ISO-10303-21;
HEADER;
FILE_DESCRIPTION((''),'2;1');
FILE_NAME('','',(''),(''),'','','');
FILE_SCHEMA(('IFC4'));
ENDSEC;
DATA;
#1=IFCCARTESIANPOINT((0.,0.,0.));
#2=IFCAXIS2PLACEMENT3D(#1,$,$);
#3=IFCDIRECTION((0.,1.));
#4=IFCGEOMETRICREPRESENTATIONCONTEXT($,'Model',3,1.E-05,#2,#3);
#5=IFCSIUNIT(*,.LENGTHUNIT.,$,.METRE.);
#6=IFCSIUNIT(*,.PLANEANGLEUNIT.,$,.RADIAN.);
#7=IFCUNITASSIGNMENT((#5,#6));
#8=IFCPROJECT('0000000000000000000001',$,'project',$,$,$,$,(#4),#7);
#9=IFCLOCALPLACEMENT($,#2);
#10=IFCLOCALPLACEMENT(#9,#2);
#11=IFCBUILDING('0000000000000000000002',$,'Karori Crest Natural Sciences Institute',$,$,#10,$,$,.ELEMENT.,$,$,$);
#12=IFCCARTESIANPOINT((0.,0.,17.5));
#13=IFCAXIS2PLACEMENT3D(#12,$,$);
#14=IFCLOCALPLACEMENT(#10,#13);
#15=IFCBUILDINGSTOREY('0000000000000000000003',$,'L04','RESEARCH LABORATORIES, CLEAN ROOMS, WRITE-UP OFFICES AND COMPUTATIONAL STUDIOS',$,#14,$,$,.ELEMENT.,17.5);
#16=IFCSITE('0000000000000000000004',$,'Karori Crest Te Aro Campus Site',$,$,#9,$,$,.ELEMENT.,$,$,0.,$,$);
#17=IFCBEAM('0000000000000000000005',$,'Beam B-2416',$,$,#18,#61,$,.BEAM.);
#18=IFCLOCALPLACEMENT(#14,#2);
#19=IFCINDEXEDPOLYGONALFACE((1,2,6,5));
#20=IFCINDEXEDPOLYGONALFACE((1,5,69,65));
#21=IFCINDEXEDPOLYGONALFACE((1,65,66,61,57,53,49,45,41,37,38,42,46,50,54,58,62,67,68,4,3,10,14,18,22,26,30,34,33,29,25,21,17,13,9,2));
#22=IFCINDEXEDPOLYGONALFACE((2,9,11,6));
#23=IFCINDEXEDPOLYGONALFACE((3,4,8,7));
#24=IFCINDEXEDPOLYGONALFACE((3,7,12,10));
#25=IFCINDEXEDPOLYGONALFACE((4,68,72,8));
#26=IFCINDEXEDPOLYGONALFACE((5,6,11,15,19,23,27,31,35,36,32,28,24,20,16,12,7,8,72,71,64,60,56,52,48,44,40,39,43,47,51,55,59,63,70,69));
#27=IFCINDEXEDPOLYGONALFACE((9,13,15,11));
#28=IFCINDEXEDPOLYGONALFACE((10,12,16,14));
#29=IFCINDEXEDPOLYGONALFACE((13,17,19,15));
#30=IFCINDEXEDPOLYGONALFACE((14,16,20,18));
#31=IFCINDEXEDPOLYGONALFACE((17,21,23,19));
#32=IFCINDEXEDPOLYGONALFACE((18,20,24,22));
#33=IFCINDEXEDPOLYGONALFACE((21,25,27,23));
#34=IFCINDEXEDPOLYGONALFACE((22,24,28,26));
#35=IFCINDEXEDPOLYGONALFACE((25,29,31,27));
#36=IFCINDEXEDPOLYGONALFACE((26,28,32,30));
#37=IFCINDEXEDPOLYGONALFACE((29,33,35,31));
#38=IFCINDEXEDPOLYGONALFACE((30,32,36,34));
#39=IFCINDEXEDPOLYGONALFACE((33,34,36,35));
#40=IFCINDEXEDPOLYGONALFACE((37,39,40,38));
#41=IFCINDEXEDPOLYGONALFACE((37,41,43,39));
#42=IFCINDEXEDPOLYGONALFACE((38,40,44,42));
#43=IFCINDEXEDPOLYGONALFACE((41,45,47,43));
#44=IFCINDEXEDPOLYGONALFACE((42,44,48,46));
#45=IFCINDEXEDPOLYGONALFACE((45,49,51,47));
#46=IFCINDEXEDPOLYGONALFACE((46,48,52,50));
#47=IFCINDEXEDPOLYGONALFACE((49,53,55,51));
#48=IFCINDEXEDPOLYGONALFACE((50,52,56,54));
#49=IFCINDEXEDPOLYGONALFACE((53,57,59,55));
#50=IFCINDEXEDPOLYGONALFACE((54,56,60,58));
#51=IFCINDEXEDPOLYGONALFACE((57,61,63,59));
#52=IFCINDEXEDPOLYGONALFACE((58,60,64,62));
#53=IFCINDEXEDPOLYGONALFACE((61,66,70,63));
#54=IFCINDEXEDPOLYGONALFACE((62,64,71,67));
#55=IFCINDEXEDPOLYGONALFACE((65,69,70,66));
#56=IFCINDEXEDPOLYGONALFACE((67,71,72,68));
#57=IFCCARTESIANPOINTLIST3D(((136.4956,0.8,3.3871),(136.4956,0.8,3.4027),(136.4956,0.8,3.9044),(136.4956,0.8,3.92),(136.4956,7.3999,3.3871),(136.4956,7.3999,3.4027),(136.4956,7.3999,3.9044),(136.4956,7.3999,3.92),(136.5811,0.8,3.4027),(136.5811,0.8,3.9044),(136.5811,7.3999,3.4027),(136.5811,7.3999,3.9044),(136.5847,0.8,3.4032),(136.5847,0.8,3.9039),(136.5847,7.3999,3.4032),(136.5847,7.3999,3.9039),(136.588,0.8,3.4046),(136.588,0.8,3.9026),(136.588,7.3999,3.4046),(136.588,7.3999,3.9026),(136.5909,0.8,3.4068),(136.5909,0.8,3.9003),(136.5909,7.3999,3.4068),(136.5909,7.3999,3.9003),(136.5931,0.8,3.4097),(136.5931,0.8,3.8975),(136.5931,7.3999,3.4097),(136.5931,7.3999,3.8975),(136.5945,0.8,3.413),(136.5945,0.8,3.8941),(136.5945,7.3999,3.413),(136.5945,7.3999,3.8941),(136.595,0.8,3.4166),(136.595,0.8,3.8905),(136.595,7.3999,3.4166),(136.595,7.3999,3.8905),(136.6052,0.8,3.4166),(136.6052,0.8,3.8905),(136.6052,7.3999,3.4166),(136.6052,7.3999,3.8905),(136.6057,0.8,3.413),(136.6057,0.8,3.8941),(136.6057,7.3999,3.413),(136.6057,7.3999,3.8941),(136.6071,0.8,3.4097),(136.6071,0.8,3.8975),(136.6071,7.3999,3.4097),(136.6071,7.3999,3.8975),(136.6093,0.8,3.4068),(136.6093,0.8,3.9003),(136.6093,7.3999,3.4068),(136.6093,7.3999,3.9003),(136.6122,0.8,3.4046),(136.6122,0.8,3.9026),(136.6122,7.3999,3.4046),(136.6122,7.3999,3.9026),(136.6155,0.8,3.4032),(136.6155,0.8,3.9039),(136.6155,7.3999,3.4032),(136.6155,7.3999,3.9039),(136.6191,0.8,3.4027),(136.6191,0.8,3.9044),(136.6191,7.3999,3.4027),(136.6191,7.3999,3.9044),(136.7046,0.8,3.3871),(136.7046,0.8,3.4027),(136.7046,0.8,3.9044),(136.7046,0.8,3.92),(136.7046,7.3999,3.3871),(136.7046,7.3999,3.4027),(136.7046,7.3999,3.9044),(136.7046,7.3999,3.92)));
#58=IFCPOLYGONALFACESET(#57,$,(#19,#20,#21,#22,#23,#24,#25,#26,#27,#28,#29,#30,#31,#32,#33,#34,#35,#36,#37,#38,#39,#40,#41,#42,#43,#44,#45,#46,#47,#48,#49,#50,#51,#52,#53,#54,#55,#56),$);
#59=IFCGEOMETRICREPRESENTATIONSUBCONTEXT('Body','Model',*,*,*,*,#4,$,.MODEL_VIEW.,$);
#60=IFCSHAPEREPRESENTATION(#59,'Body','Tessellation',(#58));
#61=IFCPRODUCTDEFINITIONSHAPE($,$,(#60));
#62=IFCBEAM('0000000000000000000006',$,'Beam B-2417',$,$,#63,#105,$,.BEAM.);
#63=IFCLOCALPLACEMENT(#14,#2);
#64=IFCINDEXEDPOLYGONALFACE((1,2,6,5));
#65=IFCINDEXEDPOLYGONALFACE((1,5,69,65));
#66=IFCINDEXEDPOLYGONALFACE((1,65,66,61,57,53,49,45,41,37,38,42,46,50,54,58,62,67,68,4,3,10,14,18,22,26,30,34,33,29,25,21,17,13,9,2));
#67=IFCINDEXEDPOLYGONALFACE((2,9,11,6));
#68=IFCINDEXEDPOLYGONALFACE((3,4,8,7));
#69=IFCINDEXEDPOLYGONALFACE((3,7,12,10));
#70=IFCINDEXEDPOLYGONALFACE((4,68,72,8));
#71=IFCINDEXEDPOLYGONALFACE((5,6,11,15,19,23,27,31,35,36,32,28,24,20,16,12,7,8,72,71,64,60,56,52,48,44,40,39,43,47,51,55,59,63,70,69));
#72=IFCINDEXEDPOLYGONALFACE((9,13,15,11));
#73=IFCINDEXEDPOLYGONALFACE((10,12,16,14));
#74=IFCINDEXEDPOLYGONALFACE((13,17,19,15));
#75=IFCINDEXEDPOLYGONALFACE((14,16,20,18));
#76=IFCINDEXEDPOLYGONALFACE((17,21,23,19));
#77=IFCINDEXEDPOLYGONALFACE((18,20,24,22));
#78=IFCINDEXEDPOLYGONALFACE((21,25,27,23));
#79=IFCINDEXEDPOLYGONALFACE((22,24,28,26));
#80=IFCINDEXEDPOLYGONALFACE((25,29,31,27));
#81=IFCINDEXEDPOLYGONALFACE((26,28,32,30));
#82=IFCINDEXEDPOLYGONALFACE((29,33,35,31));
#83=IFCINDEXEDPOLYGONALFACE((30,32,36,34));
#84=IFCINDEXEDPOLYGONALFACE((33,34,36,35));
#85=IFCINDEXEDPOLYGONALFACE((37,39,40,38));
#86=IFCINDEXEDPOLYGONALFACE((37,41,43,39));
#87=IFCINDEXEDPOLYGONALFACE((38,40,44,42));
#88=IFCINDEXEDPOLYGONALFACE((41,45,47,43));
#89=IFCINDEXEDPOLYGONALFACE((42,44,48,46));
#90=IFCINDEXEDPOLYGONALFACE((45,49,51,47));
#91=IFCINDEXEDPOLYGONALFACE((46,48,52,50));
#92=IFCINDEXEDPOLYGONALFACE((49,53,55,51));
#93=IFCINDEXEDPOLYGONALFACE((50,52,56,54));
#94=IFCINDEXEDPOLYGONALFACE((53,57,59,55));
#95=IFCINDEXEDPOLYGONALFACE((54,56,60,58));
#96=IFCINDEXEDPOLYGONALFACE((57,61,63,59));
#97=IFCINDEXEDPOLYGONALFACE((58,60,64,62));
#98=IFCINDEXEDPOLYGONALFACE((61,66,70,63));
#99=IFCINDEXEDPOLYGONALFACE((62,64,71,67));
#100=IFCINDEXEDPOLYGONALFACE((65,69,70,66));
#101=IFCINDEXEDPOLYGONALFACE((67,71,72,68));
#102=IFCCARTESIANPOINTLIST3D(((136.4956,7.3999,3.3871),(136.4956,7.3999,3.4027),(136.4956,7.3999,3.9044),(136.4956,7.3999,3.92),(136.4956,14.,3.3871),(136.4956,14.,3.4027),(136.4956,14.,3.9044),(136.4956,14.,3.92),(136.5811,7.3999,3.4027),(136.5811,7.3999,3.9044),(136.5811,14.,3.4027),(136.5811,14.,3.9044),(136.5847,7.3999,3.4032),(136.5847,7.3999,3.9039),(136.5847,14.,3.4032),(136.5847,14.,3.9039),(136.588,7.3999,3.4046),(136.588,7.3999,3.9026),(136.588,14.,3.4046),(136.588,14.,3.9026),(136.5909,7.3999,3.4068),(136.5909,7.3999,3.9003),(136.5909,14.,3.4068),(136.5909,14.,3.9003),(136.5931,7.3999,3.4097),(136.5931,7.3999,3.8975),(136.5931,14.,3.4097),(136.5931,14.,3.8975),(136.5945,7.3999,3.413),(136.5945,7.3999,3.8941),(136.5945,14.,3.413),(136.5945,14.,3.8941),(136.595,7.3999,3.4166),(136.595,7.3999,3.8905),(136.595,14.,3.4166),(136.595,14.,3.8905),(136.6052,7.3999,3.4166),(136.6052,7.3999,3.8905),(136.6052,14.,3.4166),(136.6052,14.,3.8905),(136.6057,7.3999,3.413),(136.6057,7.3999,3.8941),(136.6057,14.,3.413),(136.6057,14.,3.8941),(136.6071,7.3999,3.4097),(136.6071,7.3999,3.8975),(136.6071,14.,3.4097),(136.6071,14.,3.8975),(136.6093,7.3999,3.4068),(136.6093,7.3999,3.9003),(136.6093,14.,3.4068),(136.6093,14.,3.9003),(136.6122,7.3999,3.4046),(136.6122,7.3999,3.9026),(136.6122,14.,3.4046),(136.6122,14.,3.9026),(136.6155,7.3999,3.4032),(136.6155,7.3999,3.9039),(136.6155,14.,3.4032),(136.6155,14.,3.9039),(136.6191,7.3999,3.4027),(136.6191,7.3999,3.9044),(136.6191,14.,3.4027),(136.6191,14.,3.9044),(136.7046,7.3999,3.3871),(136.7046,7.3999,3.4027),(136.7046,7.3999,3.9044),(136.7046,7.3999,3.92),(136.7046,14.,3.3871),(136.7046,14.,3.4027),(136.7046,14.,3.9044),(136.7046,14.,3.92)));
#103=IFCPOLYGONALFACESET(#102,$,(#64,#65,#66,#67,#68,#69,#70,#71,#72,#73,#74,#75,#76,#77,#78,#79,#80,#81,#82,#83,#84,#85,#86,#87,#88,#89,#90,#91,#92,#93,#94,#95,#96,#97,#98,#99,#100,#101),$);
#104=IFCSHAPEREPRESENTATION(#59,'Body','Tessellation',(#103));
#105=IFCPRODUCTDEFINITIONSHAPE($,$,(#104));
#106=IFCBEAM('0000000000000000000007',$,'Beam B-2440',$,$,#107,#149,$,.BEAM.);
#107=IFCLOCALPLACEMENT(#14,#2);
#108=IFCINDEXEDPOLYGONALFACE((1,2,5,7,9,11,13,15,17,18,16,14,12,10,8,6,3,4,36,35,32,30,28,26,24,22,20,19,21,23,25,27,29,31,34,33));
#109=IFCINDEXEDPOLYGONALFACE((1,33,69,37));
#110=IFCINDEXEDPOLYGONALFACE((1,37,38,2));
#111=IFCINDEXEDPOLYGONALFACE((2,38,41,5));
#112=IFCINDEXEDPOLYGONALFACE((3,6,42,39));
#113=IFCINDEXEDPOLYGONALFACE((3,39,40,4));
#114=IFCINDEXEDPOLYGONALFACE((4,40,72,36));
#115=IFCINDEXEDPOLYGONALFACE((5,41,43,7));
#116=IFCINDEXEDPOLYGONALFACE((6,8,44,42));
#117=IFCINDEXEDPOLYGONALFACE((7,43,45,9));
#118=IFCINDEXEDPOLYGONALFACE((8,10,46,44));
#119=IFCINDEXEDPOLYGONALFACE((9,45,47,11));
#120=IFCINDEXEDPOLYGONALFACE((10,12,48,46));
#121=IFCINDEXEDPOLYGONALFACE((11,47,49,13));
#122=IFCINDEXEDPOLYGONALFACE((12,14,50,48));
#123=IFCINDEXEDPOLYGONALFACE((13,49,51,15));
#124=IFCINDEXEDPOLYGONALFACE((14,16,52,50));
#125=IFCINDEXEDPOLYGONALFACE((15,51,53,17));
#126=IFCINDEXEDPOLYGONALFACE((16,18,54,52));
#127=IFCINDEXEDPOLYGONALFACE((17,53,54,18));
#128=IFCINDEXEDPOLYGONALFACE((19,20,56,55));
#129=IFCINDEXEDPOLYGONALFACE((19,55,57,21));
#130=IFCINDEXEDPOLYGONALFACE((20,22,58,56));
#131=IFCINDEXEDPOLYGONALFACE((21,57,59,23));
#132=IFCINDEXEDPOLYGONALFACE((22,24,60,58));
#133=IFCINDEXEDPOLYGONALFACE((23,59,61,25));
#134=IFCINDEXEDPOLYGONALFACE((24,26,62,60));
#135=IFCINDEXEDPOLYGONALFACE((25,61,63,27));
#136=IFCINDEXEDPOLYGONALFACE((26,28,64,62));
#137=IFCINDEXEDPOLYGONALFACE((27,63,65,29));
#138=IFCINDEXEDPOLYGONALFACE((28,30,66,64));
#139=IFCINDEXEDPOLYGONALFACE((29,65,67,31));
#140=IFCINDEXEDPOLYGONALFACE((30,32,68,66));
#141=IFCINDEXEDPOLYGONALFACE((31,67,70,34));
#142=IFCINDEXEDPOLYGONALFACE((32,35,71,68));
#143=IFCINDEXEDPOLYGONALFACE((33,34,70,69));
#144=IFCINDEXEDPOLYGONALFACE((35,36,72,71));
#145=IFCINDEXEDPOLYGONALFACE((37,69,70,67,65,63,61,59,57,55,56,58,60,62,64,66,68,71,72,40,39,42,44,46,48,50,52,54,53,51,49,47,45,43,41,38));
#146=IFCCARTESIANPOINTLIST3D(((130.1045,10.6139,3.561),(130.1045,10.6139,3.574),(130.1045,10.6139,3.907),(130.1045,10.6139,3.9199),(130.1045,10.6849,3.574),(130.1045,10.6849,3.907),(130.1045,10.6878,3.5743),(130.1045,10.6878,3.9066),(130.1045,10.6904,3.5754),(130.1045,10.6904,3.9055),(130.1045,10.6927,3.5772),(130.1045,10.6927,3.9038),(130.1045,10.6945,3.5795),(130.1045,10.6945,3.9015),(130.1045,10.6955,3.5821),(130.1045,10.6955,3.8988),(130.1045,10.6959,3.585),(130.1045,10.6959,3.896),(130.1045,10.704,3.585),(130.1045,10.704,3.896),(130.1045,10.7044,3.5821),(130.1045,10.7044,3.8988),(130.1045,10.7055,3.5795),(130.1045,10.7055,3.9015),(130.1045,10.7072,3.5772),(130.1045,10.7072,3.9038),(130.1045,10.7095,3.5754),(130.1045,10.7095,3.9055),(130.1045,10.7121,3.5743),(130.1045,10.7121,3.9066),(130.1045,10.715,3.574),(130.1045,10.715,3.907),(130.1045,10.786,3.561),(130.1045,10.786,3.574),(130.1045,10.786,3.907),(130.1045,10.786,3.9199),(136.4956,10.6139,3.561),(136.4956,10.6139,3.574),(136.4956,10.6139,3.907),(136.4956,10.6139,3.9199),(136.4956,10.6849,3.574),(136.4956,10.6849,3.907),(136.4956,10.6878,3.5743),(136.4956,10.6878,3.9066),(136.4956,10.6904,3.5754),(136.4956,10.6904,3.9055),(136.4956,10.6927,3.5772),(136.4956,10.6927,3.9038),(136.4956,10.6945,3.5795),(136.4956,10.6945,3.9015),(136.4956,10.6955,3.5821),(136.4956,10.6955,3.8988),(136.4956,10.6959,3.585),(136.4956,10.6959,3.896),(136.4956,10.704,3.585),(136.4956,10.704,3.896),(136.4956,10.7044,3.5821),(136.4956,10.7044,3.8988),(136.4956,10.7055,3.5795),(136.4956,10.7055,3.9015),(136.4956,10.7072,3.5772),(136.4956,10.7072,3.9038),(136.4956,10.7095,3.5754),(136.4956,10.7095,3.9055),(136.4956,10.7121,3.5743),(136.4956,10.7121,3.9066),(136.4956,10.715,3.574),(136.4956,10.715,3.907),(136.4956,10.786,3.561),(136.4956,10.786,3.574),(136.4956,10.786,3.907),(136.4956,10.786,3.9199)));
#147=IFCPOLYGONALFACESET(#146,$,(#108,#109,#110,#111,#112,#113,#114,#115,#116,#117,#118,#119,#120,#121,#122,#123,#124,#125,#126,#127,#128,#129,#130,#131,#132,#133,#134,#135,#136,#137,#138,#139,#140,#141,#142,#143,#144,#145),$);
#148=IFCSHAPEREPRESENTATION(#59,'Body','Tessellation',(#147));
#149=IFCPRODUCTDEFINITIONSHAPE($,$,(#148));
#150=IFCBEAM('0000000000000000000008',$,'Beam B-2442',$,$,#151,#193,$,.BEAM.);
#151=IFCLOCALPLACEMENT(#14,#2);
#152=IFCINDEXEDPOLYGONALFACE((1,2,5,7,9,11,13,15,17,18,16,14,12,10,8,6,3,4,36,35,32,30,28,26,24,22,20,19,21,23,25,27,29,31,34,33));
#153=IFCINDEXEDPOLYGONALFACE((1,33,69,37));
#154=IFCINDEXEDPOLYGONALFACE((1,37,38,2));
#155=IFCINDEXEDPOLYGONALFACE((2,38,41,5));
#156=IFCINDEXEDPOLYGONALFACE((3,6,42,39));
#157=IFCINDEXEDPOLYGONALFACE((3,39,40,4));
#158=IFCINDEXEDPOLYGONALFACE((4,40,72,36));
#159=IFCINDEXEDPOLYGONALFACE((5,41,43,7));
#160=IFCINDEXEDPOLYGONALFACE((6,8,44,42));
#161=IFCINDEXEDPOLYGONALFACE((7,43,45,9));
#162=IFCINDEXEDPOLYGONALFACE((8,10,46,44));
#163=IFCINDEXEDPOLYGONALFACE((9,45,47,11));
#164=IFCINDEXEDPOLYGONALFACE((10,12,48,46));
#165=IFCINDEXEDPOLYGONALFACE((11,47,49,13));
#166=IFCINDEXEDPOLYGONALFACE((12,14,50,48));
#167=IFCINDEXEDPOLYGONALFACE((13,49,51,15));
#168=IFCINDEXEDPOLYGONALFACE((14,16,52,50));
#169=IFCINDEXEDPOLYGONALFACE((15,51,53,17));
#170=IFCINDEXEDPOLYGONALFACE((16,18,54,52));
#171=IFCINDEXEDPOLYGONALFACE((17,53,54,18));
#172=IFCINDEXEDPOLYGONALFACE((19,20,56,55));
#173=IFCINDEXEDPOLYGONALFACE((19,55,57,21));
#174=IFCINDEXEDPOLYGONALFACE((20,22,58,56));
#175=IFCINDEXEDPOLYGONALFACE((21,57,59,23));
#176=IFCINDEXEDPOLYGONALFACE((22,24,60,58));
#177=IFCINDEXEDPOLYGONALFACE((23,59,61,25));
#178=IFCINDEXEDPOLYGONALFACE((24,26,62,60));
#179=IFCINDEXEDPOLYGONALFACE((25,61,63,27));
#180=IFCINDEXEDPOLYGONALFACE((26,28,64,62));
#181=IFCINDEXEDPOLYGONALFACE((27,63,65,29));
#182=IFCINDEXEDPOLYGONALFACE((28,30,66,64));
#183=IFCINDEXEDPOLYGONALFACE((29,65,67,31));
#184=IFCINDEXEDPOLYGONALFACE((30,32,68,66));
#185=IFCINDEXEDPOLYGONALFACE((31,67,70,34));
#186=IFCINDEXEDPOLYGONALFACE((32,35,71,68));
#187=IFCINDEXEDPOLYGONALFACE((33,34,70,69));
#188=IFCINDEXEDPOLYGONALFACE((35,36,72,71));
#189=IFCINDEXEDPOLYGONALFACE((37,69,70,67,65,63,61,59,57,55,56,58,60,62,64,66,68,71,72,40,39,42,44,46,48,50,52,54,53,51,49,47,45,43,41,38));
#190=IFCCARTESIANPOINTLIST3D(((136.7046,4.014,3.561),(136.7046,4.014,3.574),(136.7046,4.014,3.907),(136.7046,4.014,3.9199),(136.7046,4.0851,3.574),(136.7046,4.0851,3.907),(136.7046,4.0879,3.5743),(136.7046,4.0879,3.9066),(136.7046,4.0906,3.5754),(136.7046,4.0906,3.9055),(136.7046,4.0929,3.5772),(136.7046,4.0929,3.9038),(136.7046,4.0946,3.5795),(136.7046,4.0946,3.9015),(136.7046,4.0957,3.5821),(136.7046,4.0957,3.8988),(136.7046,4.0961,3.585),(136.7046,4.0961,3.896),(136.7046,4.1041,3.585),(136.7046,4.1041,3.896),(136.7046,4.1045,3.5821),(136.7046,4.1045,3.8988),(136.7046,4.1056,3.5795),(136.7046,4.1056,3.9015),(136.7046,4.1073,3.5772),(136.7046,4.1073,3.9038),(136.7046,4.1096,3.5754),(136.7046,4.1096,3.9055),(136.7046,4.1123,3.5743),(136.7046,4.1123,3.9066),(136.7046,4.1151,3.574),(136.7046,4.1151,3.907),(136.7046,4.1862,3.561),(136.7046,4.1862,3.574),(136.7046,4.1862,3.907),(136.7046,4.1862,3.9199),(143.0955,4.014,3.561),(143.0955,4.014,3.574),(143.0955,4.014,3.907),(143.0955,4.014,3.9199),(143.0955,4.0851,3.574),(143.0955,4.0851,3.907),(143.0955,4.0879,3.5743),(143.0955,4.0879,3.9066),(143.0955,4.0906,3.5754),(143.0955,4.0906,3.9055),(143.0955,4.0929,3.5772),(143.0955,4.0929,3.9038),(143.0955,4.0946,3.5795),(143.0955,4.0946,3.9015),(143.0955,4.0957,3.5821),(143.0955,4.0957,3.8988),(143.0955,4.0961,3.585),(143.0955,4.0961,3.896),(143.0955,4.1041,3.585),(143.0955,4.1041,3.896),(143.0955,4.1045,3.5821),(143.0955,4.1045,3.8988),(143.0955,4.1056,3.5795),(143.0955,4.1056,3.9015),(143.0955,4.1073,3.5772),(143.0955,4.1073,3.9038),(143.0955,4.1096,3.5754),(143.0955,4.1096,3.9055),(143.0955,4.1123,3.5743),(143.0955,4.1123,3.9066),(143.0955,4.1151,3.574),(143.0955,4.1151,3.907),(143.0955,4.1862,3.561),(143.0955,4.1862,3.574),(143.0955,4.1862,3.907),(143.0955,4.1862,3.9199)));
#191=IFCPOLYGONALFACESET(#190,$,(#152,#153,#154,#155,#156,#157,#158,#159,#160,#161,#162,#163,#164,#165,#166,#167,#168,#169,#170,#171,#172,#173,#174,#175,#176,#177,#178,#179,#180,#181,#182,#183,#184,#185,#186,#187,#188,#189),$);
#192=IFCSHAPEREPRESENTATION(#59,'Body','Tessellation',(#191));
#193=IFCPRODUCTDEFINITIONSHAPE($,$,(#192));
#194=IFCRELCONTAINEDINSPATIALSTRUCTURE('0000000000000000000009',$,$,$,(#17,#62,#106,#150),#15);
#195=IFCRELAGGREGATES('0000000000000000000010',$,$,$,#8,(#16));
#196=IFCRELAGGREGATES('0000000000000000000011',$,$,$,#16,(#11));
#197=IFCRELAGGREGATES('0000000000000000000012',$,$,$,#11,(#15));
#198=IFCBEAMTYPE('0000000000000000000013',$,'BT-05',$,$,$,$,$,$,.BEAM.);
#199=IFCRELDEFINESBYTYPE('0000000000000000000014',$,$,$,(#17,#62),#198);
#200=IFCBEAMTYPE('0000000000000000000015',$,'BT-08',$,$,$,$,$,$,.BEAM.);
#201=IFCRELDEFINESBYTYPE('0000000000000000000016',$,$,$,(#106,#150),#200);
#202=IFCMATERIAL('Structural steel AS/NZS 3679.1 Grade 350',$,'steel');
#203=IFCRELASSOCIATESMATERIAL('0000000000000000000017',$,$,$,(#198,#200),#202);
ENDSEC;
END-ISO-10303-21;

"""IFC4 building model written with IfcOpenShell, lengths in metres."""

from ifc_helpers import new_model, si_unit, direction, frame, origin, origin_2d, place, context, subcontext, project, spatial, i_section, extrude, material, material_profile, profile_set, type_object, element, save


model = new_model("IFC4")

# Units and contexts
model_context = context("Model", 3, precision=1e-05, world=origin(), true_north=direction((0.0, 1.0)))
body_context = subcontext(model_context, "Body", "Model", "MODEL_VIEW")
ifc_project = project(units=[si_unit("LENGTHUNIT", "METRE"), si_unit("PLANEANGLEUNIT", "RADIAN")], contexts=[model_context])

# Site, building, storey
site_placement = place(None, origin())
site = spatial("IfcSite", under=ifc_project, at=site_placement, Name="Karori Crest Te Aro Campus Site", CompositionType="ELEMENT", RefElevation=0.0)
building_placement = place(site_placement, origin())
building = spatial("IfcBuilding", under=site, at=building_placement, Name="Karori Crest Natural Sciences Institute", CompositionType="ELEMENT")
storey_placement = place(building_placement, frame((0.0, 0.0, 17.5)))
storey = spatial("IfcBuildingStorey", under=building, at=storey_placement, Name="L04", Description="RESEARCH LABORATORIES, CLEAN ROOMS, WRITE-UP OFFICES AND COMPUTATIONAL STUDIOS", CompositionType="ELEMENT", Elevation=17.5)

# Shared definitions
ifc_material_1 = material(Name="Structural steel AS/NZS 3679.1 Grade 350", Category="steel")

# Beams
ifc_material_profile_1 = material_profile(ifc_material_1, i_section(OverallWidth=0.209, OverallDepth=0.533, WebThickness=0.0103, FlangeThickness=0.0156, FilletRadius=0.0139, at=origin_2d()), Name="530UB92.4")
ifc_profile_set_1 = profile_set([ifc_material_profile_1], Name="Structural steel AS/NZS 3679.1 Grade 350")
beam_type_1 = type_object("IfcBeamType", Name="BT-05", PredefinedType="BEAM", material=ifc_profile_set_1)
beam_1_placement = place(storey_placement, frame((136.6001, 0.8, 3.6536), z_axis=(0.0, 1.0, 0.0), x_axis=(-1.0, 0.0, 0.0)))
element("IfcBeam", 1, at=beam_1_placement, inside=storey, type_object=beam_type_1, Name="Beam B-2416", PredefinedType="BEAM", context=body_context, shape_type="SweptSolid", body=[
    extrude(i_section(OverallWidth=0.209, OverallDepth=0.533, WebThickness=0.0103, FlangeThickness=0.0156, FilletRadius=0.0139, at=origin_2d()), origin(), (0.0, 0.0, 1.0), 6.5999),
])
beam_2_placement = place(storey_placement, frame((136.6001, 7.3999, 3.6536), z_axis=(0.0, 1.0, 0.0), x_axis=(-1.0, 0.0, 0.0)))
element("IfcBeam", 2, at=beam_2_placement, inside=storey, type_object=beam_type_1, Name="Beam B-2417", PredefinedType="BEAM", context=body_context, shape_type="SweptSolid", body=[
    extrude(i_section(OverallWidth=0.209, OverallDepth=0.533, WebThickness=0.0103, FlangeThickness=0.0156, FilletRadius=0.0139, at=origin_2d()), origin(), (0.0, 0.0, 1.0), 6.6001),
])
ifc_material_profile_2 = material_profile(ifc_material_1, i_section(OverallWidth=0.1721, OverallDepth=0.3589, WebThickness=0.0081, FlangeThickness=0.0129, FilletRadius=0.011, at=origin_2d()), Name="360UB56.7")
ifc_profile_set_2 = profile_set([ifc_material_profile_2], Name="Structural steel AS/NZS 3679.1 Grade 350")
beam_type_2 = type_object("IfcBeamType", Name="BT-08", PredefinedType="BEAM", material=ifc_profile_set_2)
beam_3_placement = place(storey_placement, frame((130.1045, 10.7, 3.7405), z_axis=(1.0, 0.0, 0.0), x_axis=(0.0, 1.0, 0.0)))
element("IfcBeam", 3, at=beam_3_placement, inside=storey, type_object=beam_type_2, Name="Beam B-2440", PredefinedType="BEAM", context=body_context, shape_type="SweptSolid", body=[
    extrude(i_section(OverallWidth=0.1721, OverallDepth=0.3589, WebThickness=0.0081, FlangeThickness=0.0129, FilletRadius=0.011, at=origin_2d()), origin(), (0.0, 0.0, 1.0), 6.3911),
])
for number, where, z_axis, x_axis, name in (
    (4, (136.7046, 4.1001, 3.7405), (1.0, 0.0, 0.0), (0.0, 1.0, 0.0), "Beam B-2442"),
):
    element("IfcBeam", number, at=place(storey_placement, frame(where, z_axis=z_axis, x_axis=x_axis)), inside=storey, type_object=beam_type_2, Name=name, PredefinedType="BEAM", context=body_context, shape_type="SweptSolid", body=[
        extrude(i_section(OverallWidth=0.1721, OverallDepth=0.3589, WebThickness=0.0081, FlangeThickness=0.0129, FilletRadius=0.011, at=origin_2d()), origin(), (0.0, 0.0, 1.0), 6.3909),
    ])

save(model, "model.ifc")
